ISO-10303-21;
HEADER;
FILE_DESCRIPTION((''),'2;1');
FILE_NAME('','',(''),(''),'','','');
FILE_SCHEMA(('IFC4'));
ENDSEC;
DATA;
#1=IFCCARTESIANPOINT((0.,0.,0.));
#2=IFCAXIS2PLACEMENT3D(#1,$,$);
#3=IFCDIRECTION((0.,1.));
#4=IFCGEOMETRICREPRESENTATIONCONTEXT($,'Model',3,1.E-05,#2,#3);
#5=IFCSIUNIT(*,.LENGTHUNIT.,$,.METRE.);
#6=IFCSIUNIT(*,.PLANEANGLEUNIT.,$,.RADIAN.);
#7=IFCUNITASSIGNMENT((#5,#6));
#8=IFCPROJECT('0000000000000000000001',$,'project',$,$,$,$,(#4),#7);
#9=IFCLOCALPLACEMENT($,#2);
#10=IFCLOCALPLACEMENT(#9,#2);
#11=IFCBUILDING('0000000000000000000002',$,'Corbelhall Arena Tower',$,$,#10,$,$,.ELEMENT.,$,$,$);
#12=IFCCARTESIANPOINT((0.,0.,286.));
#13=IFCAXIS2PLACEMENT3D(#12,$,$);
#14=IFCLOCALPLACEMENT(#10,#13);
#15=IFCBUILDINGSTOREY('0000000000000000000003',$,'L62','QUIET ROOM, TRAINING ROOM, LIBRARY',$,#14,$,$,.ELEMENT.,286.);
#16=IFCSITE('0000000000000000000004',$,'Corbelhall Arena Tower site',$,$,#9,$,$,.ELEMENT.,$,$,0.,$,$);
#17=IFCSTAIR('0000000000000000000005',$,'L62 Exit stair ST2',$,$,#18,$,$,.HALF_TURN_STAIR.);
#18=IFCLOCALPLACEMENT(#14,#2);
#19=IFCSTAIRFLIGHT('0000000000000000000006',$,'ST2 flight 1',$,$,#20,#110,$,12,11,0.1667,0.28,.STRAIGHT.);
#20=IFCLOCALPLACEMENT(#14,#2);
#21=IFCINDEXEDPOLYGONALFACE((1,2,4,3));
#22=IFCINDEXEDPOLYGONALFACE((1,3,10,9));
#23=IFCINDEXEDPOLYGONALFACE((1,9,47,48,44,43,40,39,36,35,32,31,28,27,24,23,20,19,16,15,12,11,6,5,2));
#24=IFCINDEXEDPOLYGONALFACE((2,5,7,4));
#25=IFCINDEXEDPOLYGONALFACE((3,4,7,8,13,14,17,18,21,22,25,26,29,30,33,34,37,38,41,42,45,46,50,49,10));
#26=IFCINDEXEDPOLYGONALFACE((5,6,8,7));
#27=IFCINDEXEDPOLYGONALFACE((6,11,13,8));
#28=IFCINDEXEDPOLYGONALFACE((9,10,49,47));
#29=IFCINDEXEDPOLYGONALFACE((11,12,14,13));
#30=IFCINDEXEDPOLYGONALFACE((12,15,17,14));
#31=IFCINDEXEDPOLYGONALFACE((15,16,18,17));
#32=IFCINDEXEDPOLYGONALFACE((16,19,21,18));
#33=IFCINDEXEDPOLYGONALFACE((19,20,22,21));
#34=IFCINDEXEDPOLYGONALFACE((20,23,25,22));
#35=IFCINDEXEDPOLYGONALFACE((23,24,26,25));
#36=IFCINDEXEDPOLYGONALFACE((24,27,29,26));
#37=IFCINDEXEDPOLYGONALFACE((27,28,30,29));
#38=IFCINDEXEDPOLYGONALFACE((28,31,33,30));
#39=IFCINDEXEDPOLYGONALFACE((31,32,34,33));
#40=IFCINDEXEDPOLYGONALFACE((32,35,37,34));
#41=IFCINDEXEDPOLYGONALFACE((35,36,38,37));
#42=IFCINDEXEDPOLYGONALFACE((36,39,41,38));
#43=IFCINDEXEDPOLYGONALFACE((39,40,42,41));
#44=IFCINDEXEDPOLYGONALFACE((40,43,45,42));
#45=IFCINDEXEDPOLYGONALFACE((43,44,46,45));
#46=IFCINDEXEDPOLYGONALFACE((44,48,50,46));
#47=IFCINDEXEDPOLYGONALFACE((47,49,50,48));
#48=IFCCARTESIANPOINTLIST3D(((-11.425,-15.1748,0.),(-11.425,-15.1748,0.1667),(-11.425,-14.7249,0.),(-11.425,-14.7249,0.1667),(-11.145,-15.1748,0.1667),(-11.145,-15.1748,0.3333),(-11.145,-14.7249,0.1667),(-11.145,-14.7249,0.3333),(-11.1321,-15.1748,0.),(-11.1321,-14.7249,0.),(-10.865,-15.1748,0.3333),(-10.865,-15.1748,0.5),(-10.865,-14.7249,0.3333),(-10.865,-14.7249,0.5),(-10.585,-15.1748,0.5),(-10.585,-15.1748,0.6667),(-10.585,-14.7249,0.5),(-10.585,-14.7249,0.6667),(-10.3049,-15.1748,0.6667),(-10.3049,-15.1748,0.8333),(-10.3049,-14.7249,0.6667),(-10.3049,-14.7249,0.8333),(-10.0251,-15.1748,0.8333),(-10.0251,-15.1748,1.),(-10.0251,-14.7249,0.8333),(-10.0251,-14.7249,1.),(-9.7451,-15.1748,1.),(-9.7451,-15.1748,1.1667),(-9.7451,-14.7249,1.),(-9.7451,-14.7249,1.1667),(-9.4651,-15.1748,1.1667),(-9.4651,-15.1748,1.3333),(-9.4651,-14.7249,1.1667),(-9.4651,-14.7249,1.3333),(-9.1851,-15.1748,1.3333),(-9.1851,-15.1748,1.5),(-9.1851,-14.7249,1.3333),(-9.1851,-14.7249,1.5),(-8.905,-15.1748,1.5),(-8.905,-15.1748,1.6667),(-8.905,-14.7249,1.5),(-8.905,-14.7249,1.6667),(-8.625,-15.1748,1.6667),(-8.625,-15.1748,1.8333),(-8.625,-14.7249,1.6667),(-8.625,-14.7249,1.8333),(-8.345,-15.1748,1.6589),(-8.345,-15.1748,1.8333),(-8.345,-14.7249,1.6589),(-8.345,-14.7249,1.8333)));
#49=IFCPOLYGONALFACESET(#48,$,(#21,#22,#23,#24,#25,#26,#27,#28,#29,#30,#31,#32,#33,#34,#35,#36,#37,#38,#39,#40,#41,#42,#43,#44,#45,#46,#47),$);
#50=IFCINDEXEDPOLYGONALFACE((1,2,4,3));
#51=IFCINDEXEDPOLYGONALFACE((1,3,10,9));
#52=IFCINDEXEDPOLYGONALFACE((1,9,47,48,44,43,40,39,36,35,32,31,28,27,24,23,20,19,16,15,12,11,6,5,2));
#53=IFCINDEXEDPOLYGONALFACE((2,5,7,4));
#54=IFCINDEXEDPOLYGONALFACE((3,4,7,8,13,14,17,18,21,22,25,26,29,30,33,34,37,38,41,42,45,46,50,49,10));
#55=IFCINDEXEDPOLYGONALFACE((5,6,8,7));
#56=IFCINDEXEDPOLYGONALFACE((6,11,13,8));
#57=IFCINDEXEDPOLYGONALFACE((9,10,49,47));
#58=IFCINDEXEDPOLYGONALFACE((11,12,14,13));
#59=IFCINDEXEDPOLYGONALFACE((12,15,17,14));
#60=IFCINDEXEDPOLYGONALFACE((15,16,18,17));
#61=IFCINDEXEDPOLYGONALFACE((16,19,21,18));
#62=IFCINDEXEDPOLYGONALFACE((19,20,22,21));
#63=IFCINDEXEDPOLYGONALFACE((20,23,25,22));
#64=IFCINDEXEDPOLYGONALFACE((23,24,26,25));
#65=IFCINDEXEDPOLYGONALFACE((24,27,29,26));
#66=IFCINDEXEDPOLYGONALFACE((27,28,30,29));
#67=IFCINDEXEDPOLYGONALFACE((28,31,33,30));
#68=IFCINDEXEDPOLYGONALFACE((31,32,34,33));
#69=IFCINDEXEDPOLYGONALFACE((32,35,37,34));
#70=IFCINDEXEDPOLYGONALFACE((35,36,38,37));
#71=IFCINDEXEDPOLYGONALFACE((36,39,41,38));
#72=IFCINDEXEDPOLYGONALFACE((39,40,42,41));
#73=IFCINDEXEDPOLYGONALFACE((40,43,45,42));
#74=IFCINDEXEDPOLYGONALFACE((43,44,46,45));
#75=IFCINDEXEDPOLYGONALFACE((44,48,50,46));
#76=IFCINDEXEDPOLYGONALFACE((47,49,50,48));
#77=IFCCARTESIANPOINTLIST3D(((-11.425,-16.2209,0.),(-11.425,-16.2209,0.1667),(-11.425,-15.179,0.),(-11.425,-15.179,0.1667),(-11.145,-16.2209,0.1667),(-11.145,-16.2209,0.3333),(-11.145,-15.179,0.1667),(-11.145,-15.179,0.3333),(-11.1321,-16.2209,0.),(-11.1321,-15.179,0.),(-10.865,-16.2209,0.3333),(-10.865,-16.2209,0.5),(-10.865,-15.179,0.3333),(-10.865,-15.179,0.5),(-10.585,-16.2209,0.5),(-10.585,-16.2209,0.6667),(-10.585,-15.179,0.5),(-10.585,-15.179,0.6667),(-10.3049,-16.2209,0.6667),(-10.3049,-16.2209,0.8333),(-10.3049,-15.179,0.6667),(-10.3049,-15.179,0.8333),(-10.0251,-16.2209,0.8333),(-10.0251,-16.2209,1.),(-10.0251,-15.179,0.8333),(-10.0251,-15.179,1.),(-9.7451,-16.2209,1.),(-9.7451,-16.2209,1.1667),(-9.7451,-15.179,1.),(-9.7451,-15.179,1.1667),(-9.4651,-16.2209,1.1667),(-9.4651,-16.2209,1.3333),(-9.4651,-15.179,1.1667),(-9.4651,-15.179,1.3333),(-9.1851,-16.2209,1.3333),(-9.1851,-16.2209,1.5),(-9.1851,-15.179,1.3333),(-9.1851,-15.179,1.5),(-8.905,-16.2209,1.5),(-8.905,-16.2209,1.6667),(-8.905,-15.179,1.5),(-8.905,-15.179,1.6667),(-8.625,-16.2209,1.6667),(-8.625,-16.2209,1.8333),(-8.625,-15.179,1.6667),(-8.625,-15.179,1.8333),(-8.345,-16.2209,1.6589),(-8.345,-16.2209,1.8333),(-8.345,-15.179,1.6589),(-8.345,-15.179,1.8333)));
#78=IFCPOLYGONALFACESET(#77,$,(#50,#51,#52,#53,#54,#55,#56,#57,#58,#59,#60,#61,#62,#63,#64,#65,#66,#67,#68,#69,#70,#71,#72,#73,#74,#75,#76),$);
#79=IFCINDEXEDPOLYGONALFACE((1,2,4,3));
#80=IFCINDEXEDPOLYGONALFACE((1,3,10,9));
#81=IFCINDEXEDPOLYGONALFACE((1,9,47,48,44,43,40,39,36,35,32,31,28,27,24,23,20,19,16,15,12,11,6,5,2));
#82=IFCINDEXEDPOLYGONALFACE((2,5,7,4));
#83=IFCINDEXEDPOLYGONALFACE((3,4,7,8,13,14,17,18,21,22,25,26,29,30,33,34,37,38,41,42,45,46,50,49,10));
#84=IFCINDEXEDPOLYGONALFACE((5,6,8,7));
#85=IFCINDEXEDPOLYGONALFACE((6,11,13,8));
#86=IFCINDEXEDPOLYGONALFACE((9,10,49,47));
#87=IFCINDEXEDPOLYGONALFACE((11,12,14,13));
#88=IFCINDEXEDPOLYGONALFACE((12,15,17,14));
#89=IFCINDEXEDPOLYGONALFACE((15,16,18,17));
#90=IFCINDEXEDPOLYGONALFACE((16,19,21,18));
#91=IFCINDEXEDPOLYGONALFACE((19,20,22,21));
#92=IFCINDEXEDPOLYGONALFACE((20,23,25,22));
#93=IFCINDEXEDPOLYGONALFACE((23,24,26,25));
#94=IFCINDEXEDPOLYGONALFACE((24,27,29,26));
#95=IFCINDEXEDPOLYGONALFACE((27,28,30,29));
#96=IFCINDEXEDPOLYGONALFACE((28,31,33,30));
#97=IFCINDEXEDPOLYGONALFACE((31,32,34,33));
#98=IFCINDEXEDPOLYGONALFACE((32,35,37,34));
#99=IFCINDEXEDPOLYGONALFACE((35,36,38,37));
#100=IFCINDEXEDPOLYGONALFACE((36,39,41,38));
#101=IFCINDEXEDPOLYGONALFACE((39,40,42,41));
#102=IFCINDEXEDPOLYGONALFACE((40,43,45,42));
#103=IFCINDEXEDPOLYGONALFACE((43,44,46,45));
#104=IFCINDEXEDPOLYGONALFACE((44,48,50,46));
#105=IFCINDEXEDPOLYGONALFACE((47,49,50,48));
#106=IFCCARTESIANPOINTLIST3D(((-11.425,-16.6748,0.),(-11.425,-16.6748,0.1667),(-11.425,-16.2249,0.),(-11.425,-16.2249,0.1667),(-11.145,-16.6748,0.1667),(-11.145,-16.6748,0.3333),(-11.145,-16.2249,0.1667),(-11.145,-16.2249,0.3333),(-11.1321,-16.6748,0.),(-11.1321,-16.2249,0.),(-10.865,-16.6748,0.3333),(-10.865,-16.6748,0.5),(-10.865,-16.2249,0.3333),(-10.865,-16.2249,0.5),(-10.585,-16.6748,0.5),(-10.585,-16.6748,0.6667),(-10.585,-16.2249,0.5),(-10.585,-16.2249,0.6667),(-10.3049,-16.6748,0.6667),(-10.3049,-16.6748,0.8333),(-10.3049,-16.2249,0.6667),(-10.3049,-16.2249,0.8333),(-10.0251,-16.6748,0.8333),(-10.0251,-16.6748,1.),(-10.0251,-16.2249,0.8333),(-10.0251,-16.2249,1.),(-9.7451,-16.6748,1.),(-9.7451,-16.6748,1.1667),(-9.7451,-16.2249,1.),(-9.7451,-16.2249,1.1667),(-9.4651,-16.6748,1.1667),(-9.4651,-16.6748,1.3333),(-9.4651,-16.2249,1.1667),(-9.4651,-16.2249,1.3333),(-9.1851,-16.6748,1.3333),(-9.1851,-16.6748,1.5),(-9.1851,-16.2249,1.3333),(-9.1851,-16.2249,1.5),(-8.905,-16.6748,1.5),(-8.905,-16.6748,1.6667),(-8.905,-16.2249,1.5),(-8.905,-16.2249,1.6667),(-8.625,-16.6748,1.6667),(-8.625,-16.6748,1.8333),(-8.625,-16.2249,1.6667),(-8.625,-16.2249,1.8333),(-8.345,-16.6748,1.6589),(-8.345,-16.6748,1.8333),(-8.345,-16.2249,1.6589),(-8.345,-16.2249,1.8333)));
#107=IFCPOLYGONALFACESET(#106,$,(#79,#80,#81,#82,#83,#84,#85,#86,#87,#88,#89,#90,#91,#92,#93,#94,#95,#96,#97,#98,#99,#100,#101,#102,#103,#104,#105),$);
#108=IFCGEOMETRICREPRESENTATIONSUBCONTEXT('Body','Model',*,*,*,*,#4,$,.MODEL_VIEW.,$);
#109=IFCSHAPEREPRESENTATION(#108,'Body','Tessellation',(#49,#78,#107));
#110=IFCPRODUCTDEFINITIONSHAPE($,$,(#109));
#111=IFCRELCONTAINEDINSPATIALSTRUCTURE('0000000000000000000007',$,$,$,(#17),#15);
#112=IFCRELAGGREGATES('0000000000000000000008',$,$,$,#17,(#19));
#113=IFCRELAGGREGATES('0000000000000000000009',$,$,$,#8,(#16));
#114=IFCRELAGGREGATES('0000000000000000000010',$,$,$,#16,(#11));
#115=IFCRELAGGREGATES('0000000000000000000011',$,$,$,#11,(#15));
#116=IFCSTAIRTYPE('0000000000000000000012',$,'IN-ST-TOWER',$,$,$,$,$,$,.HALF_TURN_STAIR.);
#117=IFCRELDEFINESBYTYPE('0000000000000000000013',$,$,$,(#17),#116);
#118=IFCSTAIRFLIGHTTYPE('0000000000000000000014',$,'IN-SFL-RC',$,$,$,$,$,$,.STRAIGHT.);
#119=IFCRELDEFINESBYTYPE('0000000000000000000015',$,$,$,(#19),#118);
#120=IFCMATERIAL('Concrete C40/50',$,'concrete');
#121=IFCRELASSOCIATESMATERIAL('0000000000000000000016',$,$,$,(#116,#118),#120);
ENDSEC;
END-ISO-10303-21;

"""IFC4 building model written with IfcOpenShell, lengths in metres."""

from ifc_helpers import new_model, si_unit, direction, frame, origin, place, context, subcontext, project, spatial, polyline, outline, extrude, material, type_object, element, aggregate, save


model = new_model("IFC4")

# Units and contexts
model_context = context("Model", 3, precision=1e-05, world=origin(), true_north=direction((0.0, 1.0)))
body_context = subcontext(model_context, "Body", "Model", "MODEL_VIEW")
ifc_project = project(units=[si_unit("LENGTHUNIT", "METRE"), si_unit("PLANEANGLEUNIT", "RADIAN")], contexts=[model_context])

# Site, building, storey
site_placement = place(None, origin())
site = spatial("IfcSite", under=ifc_project, at=site_placement, Name="Corbelhall Arena Tower site", CompositionType="ELEMENT", RefElevation=0.0)
building_placement = place(site_placement, origin())
building = spatial("IfcBuilding", under=site, at=building_placement, Name="Corbelhall Arena Tower", CompositionType="ELEMENT")
storey_placement = place(building_placement, frame((0.0, 0.0, 286.0)))
storey = spatial("IfcBuildingStorey", under=building, at=storey_placement, Name="L62", Description="QUIET ROOM, TRAINING ROOM, LIBRARY", CompositionType="ELEMENT", Elevation=286.0)

# Shared definitions
ifc_material_1 = material(Name="Concrete C40/50", Category="concrete")

# Stair, stair flight
stair_type = type_object("IfcStairType", Name="IN-ST-TOWER", PredefinedType="HALF_TURN_STAIR", material=ifc_material_1)
stair_placement = place(storey_placement, origin())
stair = element("IfcStair", 1, at=stair_placement, inside=storey, type_object=stair_type, Name="L62 Exit stair ST2", PredefinedType="HALF_TURN_STAIR")
stair_flight_type = type_object("IfcStairFlightType", Name="IN-SFL-RC", PredefinedType="STRAIGHT", material=ifc_material_1)
stair_flight_1_placement = place(storey_placement, frame((-11.425, -15.7, 0.0), z_axis=(0.0, 0.0, 1.0), x_axis=(1.0, 0.0, 0.0)))
stair_flight_1 = element("IfcStairFlight", 2, at=stair_flight_1_placement, type_object=stair_flight_type, Name="ST2 flight 1", NumberOfRisers=12, NumberOfTreads=11, PredefinedType="STRAIGHT", RiserHeight=0.1667, TreadLength=0.28, context=body_context, shape_type="SweptSolid", body=[
    extrude(outline(polyline([(0.0, 0.0), (0.0, 0.1667), (0.28, 0.1667), (0.28, 0.3333), (0.5601, 0.3333), (0.5601, 0.5), (0.8401, 0.5), (0.8401, 0.6667), (1.1201, 0.6667), (1.1201, 0.8333), (1.3999, 0.8333), (1.3999, 1.0), (1.6799, 1.0), (1.6799, 1.1667), (1.96, 1.1667), (1.96, 1.3333), (2.24, 1.3333), (2.24, 1.5), (2.52, 1.5), (2.52, 1.6667), (2.8, 1.6667), (2.8, 1.8333), (3.0801, 1.8333), (3.0801, 2.0), (3.0801, 1.6589), (0.293, 0.0), (0.0, 0.0)])), frame((0.0, 0.9751, 0.0), z_axis=(0.0, -1.0, 0.0), x_axis=(1.0, 0.0, 0.0)), (0.0, 0.0, 1.0), 0.45),
    extrude(outline(polyline([(0.0, 0.0), (0.0, 0.1667), (0.28, 0.1667), (0.28, 0.3333), (0.5601, 0.3333), (0.5601, 0.5), (0.8401, 0.5), (0.8401, 0.6667), (1.1201, 0.6667), (1.1201, 0.8333), (1.3999, 0.8333), (1.3999, 1.0), (1.6799, 1.0), (1.6799, 1.1667), (1.96, 1.1667), (1.96, 1.3333), (2.24, 1.3333), (2.24, 1.5), (2.52, 1.5), (2.52, 1.6667), (2.8, 1.6667), (2.8, 1.8333), (3.0801, 1.8333), (3.0801, 2.0), (3.0801, 1.6589), (0.293, 0.0), (0.0, 0.0)])), frame((0.0, 0.521, 0.0), z_axis=(0.0, -1.0, 0.0), x_axis=(1.0, 0.0, 0.0)), (0.0, 0.0, 1.0), 1.042),
    extrude(outline(polyline([(0.0, 0.0), (0.0, 0.1667), (0.28, 0.1667), (0.28, 0.3333), (0.5601, 0.3333), (0.5601, 0.5), (0.8401, 0.5), (0.8401, 0.6667), (1.1201, 0.6667), (1.1201, 0.8333), (1.3999, 0.8333), (1.3999, 1.0), (1.6799, 1.0), (1.6799, 1.1667), (1.96, 1.1667), (1.96, 1.3333), (2.24, 1.3333), (2.24, 1.5), (2.52, 1.5), (2.52, 1.6667), (2.8, 1.6667), (2.8, 1.8333), (3.0801, 1.8333), (3.0801, 2.0), (3.0801, 1.6589), (0.293, 0.0), (0.0, 0.0)])), frame((0.0, -0.5249, 0.0), z_axis=(0.0, -1.0, 0.0), x_axis=(1.0, 0.0, 0.0)), (0.0, 0.0, 1.0), 0.45),
])
aggregate(stair, [stair_flight_1])

save(model, "model.ifc")
